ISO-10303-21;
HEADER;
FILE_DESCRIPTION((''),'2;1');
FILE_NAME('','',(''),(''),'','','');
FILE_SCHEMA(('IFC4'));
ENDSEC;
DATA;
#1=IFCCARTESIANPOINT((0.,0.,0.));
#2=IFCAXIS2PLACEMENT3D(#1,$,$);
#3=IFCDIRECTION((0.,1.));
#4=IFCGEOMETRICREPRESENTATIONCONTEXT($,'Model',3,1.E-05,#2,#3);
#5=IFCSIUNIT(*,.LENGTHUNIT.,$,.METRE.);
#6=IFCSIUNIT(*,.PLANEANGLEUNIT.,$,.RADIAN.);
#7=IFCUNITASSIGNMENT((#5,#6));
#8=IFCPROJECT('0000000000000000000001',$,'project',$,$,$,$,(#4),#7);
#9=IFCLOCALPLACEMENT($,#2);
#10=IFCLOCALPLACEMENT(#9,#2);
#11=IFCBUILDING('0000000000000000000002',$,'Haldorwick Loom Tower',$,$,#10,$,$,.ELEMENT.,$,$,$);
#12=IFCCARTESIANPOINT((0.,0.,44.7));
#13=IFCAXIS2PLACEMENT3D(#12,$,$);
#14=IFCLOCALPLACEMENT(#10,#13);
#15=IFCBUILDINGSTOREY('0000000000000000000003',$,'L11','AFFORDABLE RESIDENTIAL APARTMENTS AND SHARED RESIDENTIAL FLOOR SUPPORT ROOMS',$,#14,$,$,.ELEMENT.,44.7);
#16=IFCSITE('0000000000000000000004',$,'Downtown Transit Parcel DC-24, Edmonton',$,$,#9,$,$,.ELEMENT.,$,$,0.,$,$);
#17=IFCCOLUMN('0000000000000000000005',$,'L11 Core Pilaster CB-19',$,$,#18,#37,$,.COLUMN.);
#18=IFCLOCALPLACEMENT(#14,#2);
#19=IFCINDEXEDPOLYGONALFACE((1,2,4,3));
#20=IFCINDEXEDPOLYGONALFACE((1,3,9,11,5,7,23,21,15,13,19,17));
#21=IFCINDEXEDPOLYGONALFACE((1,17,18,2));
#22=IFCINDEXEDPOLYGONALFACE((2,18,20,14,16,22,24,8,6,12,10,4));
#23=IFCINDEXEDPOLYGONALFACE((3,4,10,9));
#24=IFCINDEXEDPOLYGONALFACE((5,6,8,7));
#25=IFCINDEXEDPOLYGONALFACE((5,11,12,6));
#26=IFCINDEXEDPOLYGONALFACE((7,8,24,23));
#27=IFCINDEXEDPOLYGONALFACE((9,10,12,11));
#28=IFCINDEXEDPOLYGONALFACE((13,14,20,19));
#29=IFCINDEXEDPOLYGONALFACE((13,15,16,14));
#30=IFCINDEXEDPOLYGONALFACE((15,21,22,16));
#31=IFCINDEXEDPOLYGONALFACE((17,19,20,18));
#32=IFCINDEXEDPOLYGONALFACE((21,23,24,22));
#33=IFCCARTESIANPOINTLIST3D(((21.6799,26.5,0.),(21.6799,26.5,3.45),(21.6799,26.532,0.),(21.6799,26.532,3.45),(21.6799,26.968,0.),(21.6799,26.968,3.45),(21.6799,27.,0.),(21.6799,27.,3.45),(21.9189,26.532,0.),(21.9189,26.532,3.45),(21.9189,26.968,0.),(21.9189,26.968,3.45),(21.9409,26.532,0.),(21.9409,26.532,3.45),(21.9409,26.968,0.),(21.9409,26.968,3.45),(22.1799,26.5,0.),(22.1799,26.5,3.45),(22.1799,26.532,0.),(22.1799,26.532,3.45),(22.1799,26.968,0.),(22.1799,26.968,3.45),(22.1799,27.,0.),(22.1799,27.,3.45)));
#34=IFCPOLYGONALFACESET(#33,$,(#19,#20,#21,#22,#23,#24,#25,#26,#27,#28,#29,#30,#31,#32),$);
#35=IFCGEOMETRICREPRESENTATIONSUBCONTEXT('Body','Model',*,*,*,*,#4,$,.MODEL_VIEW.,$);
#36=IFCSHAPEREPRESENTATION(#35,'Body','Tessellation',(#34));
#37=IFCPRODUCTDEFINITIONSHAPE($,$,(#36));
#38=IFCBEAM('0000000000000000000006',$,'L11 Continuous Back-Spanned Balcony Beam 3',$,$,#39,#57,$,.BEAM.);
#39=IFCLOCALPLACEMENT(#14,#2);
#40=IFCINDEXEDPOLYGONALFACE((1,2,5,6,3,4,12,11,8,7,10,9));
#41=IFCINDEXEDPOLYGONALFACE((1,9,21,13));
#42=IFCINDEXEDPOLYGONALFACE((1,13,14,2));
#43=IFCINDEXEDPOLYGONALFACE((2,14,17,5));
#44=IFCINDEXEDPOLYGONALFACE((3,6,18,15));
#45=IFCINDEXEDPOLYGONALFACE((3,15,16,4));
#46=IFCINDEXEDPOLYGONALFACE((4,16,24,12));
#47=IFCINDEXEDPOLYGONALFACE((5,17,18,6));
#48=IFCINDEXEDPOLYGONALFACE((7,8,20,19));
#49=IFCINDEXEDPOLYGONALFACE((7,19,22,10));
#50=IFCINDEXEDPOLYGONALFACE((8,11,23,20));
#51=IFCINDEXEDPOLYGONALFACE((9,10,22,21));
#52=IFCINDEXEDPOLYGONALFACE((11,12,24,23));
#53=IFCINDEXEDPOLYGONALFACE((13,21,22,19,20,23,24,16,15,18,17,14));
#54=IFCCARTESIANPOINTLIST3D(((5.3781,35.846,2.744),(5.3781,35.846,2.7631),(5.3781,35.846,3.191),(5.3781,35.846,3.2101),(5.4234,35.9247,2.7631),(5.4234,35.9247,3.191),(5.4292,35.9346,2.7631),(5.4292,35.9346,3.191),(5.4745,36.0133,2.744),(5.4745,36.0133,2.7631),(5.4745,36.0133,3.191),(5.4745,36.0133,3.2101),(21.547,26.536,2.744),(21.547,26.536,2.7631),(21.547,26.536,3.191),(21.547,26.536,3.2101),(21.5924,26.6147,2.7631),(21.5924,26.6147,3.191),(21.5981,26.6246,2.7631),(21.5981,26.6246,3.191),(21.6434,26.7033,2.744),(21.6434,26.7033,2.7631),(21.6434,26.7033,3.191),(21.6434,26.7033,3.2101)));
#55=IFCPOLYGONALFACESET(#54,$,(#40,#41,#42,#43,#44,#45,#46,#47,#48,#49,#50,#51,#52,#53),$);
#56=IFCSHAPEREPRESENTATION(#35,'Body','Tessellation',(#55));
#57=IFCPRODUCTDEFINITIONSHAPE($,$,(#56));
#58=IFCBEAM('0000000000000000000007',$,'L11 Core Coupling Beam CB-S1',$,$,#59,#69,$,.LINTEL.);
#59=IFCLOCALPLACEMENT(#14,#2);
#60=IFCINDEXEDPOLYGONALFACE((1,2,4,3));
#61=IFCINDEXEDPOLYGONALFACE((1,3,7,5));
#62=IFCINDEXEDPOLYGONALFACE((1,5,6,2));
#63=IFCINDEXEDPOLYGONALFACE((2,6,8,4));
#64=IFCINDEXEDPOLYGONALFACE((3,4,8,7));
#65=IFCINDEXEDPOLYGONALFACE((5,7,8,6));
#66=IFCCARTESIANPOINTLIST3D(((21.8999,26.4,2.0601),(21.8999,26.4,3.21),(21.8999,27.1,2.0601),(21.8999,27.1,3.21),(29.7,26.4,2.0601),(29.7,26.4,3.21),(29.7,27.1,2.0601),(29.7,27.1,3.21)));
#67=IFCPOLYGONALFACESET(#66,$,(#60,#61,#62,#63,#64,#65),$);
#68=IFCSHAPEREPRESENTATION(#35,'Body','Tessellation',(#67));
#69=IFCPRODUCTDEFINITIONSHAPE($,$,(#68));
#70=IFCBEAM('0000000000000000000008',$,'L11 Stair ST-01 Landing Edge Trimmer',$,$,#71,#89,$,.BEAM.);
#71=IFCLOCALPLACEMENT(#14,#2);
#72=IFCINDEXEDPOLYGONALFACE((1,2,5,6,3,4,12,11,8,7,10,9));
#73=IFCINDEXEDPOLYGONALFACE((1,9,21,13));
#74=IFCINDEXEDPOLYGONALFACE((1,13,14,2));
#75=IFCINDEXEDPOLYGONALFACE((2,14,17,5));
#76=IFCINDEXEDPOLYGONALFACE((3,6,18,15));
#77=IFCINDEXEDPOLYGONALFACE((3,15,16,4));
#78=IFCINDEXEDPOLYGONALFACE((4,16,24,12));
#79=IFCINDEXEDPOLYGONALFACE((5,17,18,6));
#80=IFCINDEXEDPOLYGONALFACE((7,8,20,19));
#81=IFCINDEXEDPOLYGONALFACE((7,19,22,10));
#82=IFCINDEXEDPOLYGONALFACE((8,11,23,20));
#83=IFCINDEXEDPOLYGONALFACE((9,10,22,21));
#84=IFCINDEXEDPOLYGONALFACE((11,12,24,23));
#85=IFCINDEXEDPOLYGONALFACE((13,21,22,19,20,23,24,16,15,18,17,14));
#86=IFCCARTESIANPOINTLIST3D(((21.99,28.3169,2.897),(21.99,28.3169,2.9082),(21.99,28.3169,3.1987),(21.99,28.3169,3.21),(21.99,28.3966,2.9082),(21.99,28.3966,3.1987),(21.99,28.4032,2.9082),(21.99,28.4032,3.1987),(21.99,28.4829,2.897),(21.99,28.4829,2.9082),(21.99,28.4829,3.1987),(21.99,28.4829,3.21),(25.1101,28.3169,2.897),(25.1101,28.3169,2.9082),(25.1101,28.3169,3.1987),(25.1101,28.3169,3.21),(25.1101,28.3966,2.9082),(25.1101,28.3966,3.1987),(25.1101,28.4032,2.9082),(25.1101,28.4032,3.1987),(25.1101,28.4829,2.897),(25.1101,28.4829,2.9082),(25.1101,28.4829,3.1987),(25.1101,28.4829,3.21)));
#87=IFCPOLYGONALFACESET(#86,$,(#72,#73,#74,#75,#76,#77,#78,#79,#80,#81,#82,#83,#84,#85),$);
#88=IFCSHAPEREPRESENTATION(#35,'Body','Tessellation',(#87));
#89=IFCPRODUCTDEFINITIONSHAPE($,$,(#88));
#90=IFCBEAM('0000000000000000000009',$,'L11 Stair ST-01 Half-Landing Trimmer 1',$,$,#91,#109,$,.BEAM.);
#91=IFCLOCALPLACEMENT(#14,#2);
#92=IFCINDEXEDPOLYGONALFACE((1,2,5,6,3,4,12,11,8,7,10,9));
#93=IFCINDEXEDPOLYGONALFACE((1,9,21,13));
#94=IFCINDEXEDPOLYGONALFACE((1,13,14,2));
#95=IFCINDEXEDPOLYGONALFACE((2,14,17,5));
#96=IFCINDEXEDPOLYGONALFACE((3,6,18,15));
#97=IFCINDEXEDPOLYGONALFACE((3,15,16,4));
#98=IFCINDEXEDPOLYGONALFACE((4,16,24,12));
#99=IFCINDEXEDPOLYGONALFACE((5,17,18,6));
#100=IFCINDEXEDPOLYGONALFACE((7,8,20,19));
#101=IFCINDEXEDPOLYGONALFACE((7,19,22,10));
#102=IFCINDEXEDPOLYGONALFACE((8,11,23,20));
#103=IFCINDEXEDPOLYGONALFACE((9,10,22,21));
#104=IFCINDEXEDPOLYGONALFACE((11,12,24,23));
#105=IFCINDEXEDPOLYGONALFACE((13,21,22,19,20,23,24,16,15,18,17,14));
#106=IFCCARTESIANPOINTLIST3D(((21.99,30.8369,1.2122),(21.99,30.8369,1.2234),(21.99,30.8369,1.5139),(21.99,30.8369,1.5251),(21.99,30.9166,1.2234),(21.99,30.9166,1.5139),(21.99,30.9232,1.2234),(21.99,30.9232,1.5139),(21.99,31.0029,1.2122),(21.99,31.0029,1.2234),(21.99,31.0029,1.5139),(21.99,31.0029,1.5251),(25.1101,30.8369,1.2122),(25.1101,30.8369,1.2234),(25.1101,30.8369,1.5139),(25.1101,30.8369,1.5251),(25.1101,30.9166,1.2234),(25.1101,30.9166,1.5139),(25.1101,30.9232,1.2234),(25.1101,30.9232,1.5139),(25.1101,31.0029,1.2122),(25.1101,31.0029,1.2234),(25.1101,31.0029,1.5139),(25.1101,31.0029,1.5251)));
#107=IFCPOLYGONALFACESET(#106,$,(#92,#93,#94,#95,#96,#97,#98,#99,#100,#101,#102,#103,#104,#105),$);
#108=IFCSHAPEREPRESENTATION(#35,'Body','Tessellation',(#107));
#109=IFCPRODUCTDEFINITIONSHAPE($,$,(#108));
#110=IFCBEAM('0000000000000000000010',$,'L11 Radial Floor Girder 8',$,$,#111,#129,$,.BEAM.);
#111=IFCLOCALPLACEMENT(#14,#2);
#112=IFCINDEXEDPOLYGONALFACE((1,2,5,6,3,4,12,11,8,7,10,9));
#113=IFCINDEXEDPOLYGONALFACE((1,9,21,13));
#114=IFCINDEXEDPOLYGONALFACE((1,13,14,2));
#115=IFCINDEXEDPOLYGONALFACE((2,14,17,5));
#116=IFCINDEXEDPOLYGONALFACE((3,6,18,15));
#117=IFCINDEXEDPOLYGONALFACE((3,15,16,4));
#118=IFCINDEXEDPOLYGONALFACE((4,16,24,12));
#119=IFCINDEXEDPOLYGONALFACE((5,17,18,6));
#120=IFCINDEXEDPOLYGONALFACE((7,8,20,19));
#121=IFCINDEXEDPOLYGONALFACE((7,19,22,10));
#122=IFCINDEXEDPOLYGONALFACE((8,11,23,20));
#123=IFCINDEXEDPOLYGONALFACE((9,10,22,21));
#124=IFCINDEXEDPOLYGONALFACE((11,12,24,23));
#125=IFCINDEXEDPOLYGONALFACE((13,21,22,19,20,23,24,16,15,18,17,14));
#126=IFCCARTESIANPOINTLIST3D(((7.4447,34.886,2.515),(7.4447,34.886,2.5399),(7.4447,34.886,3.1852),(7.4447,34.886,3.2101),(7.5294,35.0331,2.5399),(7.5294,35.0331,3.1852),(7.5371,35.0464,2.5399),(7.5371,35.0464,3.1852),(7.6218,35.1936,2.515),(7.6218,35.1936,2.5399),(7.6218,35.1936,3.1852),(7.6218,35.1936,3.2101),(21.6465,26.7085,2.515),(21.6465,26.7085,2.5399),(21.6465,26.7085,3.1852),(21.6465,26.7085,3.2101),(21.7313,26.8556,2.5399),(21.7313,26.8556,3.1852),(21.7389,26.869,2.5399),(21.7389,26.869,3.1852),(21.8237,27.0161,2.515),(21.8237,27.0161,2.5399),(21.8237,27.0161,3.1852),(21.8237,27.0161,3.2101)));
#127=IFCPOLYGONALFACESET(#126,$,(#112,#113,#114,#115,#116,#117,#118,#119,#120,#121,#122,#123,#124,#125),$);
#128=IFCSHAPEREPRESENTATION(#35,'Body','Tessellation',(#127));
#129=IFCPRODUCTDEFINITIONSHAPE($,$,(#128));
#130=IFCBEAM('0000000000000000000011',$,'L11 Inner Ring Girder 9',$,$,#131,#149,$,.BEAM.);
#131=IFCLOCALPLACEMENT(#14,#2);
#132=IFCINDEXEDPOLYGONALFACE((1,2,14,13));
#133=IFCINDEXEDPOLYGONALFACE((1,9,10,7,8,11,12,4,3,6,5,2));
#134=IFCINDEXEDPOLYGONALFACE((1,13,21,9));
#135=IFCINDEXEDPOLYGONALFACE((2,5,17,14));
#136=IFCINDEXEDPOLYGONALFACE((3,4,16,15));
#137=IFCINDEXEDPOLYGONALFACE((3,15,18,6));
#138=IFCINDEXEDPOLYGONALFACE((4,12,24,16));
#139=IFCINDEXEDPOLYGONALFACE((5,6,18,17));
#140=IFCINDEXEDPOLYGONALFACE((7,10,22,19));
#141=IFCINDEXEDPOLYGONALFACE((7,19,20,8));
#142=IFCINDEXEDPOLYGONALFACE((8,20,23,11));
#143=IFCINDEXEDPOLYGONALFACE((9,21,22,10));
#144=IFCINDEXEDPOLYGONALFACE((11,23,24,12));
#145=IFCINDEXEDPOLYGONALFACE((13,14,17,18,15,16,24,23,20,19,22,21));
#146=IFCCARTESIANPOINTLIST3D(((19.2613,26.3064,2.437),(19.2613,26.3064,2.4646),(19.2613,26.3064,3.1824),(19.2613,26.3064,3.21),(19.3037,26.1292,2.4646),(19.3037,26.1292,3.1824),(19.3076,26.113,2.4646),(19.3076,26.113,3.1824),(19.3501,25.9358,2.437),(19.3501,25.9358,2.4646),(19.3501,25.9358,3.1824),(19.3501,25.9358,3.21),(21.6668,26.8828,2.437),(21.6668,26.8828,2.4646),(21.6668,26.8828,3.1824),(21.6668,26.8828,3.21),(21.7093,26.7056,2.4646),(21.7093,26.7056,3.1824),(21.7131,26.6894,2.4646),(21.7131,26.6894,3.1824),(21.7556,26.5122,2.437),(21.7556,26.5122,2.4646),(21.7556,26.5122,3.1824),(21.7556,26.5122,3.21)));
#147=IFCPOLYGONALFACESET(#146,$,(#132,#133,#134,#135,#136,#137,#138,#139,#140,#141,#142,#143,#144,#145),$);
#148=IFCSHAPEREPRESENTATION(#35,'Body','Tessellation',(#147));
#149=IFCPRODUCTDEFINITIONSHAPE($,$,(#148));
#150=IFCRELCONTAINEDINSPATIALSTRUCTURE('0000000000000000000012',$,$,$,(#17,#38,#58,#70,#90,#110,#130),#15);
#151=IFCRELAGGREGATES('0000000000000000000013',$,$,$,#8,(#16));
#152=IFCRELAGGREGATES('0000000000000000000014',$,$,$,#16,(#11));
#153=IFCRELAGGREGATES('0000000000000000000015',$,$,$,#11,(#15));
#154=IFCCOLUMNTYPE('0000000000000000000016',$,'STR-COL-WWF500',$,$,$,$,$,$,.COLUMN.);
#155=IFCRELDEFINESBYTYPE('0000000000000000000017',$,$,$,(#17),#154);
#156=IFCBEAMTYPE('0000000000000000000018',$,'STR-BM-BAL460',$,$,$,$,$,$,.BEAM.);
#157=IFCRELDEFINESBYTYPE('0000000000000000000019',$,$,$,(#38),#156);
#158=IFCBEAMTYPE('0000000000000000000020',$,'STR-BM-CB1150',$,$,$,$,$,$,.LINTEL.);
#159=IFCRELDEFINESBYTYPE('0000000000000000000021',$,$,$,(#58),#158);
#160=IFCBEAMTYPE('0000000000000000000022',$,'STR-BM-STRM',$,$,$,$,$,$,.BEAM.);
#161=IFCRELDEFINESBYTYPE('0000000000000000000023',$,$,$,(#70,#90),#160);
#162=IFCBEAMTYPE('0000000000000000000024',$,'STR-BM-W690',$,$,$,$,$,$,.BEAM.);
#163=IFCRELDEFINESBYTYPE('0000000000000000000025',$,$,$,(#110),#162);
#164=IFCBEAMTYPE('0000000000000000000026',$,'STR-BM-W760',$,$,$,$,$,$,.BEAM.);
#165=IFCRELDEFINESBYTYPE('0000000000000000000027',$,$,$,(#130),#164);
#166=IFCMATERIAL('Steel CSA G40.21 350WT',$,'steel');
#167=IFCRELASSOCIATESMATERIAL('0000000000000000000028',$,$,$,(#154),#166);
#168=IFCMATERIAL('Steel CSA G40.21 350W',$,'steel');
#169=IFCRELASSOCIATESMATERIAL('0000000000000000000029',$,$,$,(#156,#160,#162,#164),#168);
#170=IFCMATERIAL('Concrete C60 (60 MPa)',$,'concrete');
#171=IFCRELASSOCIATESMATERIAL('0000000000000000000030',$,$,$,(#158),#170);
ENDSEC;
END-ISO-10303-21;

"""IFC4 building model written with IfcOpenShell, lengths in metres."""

from ifc_helpers import new_model, si_unit, direction, frame, origin, origin_2d, place, context, subcontext, project, spatial, rectangle, i_section, extrude, material, material_profile, profile_set, type_object, element, save


model = new_model("IFC4")

# Units and contexts
model_context = context("Model", 3, precision=1e-05, world=origin(), true_north=direction((0.0, 1.0)))
body_context = subcontext(model_context, "Body", "Model", "MODEL_VIEW")
ifc_project = project(units=[si_unit("LENGTHUNIT", "METRE"), si_unit("PLANEANGLEUNIT", "RADIAN")], contexts=[model_context])

# Site, building, storey
site_placement = place(None, origin())
site = spatial("IfcSite", under=ifc_project, at=site_placement, Name="Downtown Transit Parcel DC-24, Edmonton", CompositionType="ELEMENT", RefElevation=0.0)
building_placement = place(site_placement, origin())
building = spatial("IfcBuilding", under=site, at=building_placement, Name="Haldorwick Loom Tower", CompositionType="ELEMENT")
storey_placement = place(building_placement, frame((0.0, 0.0, 44.7)))
storey = spatial("IfcBuildingStorey", under=building, at=storey_placement, Name="L11", Description="AFFORDABLE RESIDENTIAL APARTMENTS AND SHARED RESIDENTIAL FLOOR SUPPORT ROOMS", CompositionType="ELEMENT", Elevation=44.7)

# Column
ifc_material_1 = material(Name="Steel CSA G40.21 350WT", Category="steel")
ifc_material_profile_1 = material_profile(ifc_material_1, i_section(OverallWidth=0.5, OverallDepth=0.5, WebThickness=0.022, FlangeThickness=0.032, at=origin_2d()), Name="WWF500X500", Category="steel")
ifc_profile_set_1 = profile_set([ifc_material_profile_1], Name="Steel CSA G40.21 350WT")
column_type = type_object("IfcColumnType", Name="STR-COL-WWF500", PredefinedType="COLUMN", material=ifc_profile_set_1)
column_placement = place(storey_placement, frame((21.9299, 26.75, 0.0), z_axis=(0.0, 0.0, 1.0), x_axis=(1.0, 0.0, 0.0)))
element("IfcColumn", 1, at=column_placement, inside=storey, type_object=column_type, Name="L11 Core Pilaster CB-19", PredefinedType="COLUMN", context=body_context, shape_type="SweptSolid", body=[
    extrude(i_section(OverallWidth=0.5, OverallDepth=0.5, WebThickness=0.022, FlangeThickness=0.032, at=origin_2d()), origin(), (0.0, 0.0, 1.0), 3.45),
])

# Beams
ifc_material_2 = material(Name="Steel CSA G40.21 350W", Category="steel")
ifc_material_profile_2 = material_profile(ifc_material_2, i_section(OverallWidth=0.1931, OverallDepth=0.4661, WebThickness=0.0115, FlangeThickness=0.019, at=origin_2d()), Name="W460X97", Category="steel")
ifc_profile_set_2 = profile_set([ifc_material_profile_2], Name="Steel CSA G40.21 350W")
beam_type_1 = type_object("IfcBeamType", Name="STR-BM-BAL460", PredefinedType="BEAM", material=ifc_profile_set_2)
beam_1_placement = place(storey_placement, frame((21.5952, 26.6196, 2.9771), z_axis=(-0.866607, 0.498991, 0.0), x_axis=(-0.498991, -0.866607, 0.0)))
element("IfcBeam", 2, at=beam_1_placement, inside=storey, type_object=beam_type_1, Name="L11 Continuous Back-Spanned Balcony Beam 3", PredefinedType="BEAM", context=body_context, shape_type="SweptSolid", body=[
    extrude(i_section(OverallWidth=0.1931, OverallDepth=0.4661, WebThickness=0.0115, FlangeThickness=0.019, at=origin_2d()), origin(), (0.0, 0.0, 1.0), 18.6577),
])
ifc_material_3 = material(Name="Concrete C60 (60 MPa)", Category="concrete")
ifc_material_profile_3 = material_profile(ifc_material_3, rectangle(XDim=0.7, YDim=1.1499, at=origin_2d()), Name="RC700X1150", Category="concrete")
ifc_profile_set_3 = profile_set([ifc_material_profile_3], Name="Concrete C60 (60 MPa)")
beam_type_2 = type_object("IfcBeamType", Name="STR-BM-CB1150", PredefinedType="LINTEL", material=ifc_profile_set_3)
beam_2_placement = place(storey_placement, frame((21.8999, 26.75, 2.635), z_axis=(1.0, 0.0, 0.0), x_axis=(0.0, 1.0, 0.0)))
element("IfcBeam", 3, at=beam_2_placement, inside=storey, type_object=beam_type_2, Name="L11 Core Coupling Beam CB-S1", PredefinedType="LINTEL", context=body_context, shape_type="SweptSolid", body=[
    extrude(rectangle(XDim=0.7, YDim=1.1499, at=origin_2d()), origin(), (0.0, 0.0, 1.0), 7.8),
])
ifc_material_profile_4 = material_profile(ifc_material_2, i_section(OverallWidth=0.166, OverallDepth=0.313, WebThickness=0.0066, FlangeThickness=0.0112, at=origin_2d()), Name="W310X45", Category="steel")
ifc_profile_set_4 = profile_set([ifc_material_profile_4], Name="Steel CSA G40.21 350W")
beam_type_3 = type_object("IfcBeamType", Name="STR-BM-STRM", PredefinedType="BEAM", material=ifc_profile_set_4)
for number, where, z_axis, x_axis, name in (
    (4, (21.99, 28.3999, 3.0535), (1.0, 0.0, 0.0), (0.0, 1.0, 0.0), "L11 Stair ST-01 Landing Edge Trimmer"),
    (5, (21.99, 30.9199, 1.3687), (1.0, 0.0, 0.0), (0.0, 1.0, 0.0), "L11 Stair ST-01 Half-Landing Trimmer 1"),
):
    element("IfcBeam", number, at=place(storey_placement, frame(where, z_axis=z_axis, x_axis=x_axis)), inside=storey, type_object=beam_type_3, Name=name, PredefinedType="BEAM", context=body_context, shape_type="SweptSolid", body=[
        extrude(i_section(OverallWidth=0.166, OverallDepth=0.313, WebThickness=0.0066, FlangeThickness=0.0112, at=origin_2d()), origin(), (0.0, 0.0, 1.0), 3.1201),
    ])
ifc_material_profile_5 = material_profile(ifc_material_2, i_section(OverallWidth=0.355, OverallDepth=0.6951, WebThickness=0.0154, FlangeThickness=0.0249, at=origin_2d()), Name="W690X217", Category="steel")
ifc_profile_set_5 = profile_set([ifc_material_profile_5], Name="Steel CSA G40.21 350W")
beam_type_4 = type_object("IfcBeamType", Name="STR-BM-W690", PredefinedType="BEAM", material=ifc_profile_set_5)
beam_3_placement = place(storey_placement, frame((21.7351, 26.8623, 2.8625), z_axis=(-0.866606, 0.498994, 0.0), x_axis=(-0.498994, -0.866606, 0.0)))
element("IfcBeam", 6, at=beam_3_placement, inside=storey, type_object=beam_type_4, Name="L11 Radial Floor Girder 8", PredefinedType="BEAM", context=body_context, shape_type="SweptSolid", body=[
    extrude(i_section(OverallWidth=0.355, OverallDepth=0.6951, WebThickness=0.0154, FlangeThickness=0.0249, at=origin_2d()), origin(), (0.0, 0.0, 1.0), 16.3879),
])
ifc_material_profile_6 = material_profile(ifc_material_2, i_section(OverallWidth=0.3811, OverallDepth=0.7729, WebThickness=0.0166, FlangeThickness=0.0276, at=origin_2d()), Name="W760X257", Category="steel")
ifc_profile_set_6 = profile_set([ifc_material_profile_6], Name="Steel CSA G40.21 350W")
beam_type_5 = type_object("IfcBeamType", Name="STR-BM-W760", PredefinedType="BEAM", material=ifc_profile_set_6)
beam_4_placement = place(storey_placement, frame((19.3057, 26.1211, 2.8235), z_axis=(0.972471, 0.233026, 0.0), x_axis=(-0.233026, 0.972471, 0.0)))
element("IfcBeam", 7, at=beam_4_placement, inside=storey, type_object=beam_type_5, Name="L11 Inner Ring Girder 9", PredefinedType="BEAM", context=body_context, shape_type="SweptSolid", body=[
    extrude(i_section(OverallWidth=0.3811, OverallDepth=0.7729, WebThickness=0.0166, FlangeThickness=0.0276, at=origin_2d()), origin(), (0.0, 0.0, 1.0), 2.4736),
])

save(model, "model.ifc")
